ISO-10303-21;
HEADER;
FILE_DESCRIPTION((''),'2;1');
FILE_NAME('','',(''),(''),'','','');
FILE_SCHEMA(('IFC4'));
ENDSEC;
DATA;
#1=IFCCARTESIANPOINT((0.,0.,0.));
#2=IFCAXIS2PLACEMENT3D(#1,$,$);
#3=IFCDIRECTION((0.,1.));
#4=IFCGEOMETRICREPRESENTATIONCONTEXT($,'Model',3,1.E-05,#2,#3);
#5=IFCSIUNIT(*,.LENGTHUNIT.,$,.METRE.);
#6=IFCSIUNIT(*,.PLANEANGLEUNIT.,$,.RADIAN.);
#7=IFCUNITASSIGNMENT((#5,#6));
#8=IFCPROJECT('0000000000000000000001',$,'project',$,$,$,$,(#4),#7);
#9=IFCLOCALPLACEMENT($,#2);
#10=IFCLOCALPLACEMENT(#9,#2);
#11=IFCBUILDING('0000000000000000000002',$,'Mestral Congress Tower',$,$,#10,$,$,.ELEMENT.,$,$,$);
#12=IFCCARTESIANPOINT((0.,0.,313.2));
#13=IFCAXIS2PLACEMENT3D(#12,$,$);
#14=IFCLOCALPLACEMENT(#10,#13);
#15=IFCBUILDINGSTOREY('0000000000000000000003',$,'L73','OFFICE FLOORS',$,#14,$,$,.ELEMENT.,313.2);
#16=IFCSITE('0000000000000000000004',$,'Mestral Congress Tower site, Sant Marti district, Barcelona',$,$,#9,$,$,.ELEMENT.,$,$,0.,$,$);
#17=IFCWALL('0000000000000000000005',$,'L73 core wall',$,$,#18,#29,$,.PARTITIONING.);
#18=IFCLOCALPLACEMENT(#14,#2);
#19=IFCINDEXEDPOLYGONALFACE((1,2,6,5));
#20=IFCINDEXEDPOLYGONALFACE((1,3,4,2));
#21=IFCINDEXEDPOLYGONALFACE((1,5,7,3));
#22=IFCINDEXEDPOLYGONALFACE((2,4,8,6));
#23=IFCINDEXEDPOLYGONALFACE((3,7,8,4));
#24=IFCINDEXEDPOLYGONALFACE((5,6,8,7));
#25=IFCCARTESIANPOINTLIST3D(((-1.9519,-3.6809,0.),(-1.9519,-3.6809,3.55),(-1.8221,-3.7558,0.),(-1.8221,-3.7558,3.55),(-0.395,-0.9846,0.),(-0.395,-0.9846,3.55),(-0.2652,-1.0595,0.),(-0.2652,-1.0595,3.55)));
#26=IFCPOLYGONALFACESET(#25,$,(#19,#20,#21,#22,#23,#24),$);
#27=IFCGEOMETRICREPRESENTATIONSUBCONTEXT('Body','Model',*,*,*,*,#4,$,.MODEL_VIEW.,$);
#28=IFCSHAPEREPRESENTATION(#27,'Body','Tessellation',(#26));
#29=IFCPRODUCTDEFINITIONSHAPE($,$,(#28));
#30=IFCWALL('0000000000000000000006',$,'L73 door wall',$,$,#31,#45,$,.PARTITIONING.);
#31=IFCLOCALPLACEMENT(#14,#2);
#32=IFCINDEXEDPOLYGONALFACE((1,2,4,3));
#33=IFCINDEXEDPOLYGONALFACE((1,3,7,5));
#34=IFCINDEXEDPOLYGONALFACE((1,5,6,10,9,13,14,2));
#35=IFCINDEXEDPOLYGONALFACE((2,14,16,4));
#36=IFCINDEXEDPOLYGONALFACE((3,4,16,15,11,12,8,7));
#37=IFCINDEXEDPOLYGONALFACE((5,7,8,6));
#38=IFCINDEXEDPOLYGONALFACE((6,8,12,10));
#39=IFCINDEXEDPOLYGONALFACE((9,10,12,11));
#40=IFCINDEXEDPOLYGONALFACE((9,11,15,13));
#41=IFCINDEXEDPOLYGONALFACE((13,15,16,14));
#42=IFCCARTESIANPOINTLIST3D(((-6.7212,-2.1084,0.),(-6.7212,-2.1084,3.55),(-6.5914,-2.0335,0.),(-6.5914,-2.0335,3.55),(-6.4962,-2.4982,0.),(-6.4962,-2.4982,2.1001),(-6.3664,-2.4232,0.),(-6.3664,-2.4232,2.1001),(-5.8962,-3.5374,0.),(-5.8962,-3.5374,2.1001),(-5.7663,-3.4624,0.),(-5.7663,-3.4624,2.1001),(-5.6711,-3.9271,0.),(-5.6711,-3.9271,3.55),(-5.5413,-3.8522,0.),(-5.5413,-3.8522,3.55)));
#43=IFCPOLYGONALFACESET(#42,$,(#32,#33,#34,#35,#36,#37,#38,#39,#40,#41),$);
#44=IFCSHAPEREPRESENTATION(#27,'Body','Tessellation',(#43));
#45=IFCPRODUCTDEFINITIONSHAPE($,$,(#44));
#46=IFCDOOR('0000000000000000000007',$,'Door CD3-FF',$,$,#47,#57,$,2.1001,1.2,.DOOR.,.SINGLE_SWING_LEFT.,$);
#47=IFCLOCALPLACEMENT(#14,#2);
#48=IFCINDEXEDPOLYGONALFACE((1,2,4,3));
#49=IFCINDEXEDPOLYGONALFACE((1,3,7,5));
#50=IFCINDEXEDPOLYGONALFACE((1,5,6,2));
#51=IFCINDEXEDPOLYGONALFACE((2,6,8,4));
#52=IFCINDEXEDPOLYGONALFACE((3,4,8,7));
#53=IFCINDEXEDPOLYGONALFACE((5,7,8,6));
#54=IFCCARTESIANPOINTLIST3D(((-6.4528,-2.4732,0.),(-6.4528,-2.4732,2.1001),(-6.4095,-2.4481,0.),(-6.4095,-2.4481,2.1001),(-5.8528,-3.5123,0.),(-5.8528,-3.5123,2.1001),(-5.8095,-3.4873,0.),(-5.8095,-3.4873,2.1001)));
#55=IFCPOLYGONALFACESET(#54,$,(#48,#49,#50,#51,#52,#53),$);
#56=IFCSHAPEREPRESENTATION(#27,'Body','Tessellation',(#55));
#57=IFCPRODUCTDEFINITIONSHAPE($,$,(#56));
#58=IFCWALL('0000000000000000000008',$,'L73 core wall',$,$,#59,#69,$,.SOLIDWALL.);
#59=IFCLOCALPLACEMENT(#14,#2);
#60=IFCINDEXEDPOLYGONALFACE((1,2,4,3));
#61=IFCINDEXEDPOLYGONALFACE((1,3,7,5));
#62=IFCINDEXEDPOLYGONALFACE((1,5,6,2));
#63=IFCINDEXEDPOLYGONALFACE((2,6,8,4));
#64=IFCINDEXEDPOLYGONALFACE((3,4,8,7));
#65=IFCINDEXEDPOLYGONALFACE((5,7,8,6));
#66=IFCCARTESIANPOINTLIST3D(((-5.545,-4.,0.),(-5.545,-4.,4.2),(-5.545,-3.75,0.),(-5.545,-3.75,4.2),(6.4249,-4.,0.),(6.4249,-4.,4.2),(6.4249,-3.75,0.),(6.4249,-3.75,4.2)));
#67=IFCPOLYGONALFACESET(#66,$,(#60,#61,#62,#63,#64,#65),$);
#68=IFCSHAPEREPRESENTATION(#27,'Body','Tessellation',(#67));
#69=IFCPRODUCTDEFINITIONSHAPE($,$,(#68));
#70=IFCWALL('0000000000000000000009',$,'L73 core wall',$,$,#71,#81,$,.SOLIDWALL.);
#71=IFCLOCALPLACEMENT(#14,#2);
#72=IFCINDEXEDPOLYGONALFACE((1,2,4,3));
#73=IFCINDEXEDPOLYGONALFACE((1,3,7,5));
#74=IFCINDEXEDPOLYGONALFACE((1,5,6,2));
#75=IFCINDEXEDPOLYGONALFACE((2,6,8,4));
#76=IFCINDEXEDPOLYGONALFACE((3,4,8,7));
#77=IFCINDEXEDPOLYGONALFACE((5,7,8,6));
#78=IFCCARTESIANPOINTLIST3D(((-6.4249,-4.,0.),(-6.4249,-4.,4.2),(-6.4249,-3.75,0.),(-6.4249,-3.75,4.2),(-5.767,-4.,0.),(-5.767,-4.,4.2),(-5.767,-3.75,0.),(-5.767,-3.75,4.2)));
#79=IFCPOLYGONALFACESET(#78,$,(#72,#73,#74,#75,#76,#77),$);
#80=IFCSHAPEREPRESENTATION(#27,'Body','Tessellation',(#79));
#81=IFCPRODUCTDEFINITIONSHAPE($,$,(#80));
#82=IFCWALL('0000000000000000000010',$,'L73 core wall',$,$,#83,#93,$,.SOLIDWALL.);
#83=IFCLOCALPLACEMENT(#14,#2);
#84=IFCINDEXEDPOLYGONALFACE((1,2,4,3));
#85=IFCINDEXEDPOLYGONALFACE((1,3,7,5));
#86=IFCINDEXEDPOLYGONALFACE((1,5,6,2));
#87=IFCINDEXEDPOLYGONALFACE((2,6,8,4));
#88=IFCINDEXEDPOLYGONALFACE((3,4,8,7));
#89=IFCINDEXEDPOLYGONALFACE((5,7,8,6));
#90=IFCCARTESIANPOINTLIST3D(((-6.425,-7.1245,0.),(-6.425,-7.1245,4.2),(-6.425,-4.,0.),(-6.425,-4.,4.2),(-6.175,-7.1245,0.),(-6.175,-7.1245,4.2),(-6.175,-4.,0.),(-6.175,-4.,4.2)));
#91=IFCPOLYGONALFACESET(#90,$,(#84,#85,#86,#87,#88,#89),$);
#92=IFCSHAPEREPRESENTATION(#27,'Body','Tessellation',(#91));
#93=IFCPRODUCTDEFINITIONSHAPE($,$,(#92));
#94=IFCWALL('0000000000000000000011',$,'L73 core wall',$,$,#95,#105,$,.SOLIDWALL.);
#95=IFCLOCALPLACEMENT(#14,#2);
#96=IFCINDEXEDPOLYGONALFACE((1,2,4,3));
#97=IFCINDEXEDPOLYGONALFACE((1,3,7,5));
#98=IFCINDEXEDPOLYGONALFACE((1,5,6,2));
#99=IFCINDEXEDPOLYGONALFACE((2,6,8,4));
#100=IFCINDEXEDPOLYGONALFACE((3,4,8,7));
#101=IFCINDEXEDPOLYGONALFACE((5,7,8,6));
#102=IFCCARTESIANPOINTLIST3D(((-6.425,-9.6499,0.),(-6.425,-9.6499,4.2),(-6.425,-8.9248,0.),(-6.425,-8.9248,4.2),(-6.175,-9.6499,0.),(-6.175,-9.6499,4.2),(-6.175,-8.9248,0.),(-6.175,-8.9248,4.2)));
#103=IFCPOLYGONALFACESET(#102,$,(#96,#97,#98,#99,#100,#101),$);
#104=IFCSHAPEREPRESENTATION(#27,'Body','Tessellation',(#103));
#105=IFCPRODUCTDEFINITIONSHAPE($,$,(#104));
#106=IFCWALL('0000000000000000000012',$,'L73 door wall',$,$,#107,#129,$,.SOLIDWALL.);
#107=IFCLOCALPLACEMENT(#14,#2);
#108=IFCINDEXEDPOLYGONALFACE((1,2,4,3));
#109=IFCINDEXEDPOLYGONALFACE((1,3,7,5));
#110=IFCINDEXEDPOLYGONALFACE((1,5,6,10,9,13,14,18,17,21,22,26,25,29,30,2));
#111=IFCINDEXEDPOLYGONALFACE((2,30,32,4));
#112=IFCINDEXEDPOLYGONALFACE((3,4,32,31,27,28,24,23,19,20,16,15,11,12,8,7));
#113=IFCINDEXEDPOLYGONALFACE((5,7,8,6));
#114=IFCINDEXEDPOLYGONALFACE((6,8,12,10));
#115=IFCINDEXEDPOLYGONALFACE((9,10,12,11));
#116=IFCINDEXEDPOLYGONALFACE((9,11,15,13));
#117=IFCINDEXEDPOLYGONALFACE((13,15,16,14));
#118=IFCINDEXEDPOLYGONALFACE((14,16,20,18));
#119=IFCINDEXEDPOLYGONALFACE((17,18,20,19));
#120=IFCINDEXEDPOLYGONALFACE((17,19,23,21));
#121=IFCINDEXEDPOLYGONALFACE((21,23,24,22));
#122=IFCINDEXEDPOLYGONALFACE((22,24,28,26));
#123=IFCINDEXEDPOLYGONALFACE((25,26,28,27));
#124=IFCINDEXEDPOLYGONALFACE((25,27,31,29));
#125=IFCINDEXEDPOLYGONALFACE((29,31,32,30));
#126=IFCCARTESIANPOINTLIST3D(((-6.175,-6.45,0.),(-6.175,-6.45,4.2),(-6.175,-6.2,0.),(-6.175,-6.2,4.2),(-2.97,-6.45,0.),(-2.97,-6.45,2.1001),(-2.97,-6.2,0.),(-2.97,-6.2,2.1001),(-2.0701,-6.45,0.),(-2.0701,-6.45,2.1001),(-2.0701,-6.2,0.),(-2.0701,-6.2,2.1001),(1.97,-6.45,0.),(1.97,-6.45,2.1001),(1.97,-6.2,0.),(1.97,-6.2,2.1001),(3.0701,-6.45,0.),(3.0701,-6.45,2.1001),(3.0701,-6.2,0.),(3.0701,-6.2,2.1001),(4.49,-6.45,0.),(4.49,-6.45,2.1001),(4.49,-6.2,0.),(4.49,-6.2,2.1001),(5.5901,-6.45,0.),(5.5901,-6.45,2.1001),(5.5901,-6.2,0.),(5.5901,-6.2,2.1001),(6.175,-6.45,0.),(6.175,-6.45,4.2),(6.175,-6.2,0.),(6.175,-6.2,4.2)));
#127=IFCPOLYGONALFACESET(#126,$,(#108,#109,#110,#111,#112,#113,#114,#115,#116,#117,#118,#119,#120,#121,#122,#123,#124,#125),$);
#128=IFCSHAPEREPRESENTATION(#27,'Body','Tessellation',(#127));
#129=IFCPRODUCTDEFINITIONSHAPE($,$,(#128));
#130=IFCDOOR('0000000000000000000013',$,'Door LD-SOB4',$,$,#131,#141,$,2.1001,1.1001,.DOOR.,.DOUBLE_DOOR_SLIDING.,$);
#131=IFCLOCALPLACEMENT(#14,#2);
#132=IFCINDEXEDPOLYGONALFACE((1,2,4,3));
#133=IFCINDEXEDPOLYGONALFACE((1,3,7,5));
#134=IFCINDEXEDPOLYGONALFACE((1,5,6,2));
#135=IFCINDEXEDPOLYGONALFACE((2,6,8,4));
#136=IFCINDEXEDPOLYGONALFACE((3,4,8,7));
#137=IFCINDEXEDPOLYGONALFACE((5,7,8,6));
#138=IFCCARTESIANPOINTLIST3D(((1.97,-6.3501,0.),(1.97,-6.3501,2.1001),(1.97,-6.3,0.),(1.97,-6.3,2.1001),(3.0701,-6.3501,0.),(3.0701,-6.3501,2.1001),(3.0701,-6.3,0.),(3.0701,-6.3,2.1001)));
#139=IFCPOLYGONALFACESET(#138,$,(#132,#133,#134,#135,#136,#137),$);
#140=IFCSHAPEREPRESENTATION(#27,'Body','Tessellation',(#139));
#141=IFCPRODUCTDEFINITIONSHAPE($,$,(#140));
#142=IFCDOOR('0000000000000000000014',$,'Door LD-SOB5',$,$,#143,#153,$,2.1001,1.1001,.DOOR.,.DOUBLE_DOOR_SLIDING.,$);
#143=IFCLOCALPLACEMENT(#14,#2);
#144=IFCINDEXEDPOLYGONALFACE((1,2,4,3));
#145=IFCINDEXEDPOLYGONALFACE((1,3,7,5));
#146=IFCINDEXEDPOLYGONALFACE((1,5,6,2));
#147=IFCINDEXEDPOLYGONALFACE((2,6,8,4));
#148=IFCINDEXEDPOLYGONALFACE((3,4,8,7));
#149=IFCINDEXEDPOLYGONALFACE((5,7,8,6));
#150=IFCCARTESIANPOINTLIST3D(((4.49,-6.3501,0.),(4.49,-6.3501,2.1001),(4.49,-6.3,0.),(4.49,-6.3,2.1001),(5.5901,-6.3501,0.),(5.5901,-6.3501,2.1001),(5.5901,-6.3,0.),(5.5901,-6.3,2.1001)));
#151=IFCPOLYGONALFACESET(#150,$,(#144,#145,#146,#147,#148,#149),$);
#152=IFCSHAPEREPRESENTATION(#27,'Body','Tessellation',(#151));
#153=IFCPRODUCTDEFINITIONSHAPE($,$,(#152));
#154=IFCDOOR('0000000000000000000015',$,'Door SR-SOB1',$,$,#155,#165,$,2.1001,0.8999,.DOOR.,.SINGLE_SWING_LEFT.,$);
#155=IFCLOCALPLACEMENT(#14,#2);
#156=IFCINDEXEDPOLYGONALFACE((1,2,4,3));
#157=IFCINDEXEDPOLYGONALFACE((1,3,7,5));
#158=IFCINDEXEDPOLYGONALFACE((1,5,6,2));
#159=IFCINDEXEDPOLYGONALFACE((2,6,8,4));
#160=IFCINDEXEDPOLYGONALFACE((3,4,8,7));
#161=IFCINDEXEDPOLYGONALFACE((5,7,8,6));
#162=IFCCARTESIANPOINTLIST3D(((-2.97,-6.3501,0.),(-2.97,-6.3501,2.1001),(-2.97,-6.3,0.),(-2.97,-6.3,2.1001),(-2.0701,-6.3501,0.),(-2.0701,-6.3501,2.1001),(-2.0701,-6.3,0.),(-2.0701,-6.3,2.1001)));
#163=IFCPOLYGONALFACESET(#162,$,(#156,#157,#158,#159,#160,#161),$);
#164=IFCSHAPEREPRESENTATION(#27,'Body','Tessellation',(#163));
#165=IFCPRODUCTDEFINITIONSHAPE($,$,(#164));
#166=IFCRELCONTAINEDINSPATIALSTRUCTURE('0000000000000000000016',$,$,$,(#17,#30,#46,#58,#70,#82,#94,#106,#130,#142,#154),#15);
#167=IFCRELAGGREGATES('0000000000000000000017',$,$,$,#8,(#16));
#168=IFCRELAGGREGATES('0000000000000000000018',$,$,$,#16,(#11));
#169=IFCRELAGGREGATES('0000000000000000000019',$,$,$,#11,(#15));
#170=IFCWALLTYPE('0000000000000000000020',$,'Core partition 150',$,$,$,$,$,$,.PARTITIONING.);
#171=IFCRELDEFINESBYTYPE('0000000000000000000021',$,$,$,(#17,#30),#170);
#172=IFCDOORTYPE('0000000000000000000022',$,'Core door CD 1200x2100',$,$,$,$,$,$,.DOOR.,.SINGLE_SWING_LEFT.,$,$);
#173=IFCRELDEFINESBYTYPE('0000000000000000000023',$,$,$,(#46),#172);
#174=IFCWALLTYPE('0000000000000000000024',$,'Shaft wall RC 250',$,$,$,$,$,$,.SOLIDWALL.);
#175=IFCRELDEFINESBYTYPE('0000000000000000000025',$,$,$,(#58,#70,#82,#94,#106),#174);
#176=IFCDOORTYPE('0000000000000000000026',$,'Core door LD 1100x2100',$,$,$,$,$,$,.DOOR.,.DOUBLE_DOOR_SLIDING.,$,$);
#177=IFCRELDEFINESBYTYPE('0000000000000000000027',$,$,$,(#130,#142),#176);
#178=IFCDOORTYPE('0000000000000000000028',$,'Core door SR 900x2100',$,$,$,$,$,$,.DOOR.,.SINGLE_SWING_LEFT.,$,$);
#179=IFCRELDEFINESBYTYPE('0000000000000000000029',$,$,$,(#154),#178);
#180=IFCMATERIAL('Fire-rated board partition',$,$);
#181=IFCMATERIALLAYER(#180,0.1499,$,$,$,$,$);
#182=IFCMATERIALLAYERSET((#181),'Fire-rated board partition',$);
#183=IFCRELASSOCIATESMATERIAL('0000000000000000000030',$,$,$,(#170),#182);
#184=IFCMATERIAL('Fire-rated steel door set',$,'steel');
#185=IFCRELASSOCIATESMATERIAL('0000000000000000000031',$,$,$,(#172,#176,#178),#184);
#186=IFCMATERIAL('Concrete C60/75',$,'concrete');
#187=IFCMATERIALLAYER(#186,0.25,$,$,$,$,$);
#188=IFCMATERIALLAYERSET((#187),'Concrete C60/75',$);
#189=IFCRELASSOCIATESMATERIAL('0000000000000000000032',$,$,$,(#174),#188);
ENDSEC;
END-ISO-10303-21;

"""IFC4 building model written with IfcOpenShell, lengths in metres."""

from ifc_helpers import new_model, si_unit, direction, frame, frame_2d, origin, place, context, subcontext, project, spatial, rectangle, extrude, material, layer, layer_set, type_object, element, fill, save


model = new_model("IFC4")

# Units and contexts
model_context = context("Model", 3, precision=1e-05, world=origin(), true_north=direction((0.0, 1.0)))
body_context = subcontext(model_context, "Body", "Model", "MODEL_VIEW")
ifc_project = project(units=[si_unit("LENGTHUNIT", "METRE"), si_unit("PLANEANGLEUNIT", "RADIAN")], contexts=[model_context])

# Site, building, storey
site_placement = place(None, origin())
site = spatial("IfcSite", under=ifc_project, at=site_placement, Name="Mestral Congress Tower site, Sant Marti district, Barcelona", CompositionType="ELEMENT", RefElevation=0.0)
building_placement = place(site_placement, origin())
building = spatial("IfcBuilding", under=site, at=building_placement, Name="Mestral Congress Tower", CompositionType="ELEMENT")
storey_placement = place(building_placement, frame((0.0, 0.0, 313.2)))
storey = spatial("IfcBuildingStorey", under=building, at=storey_placement, Name="L73", Description="OFFICE FLOORS", CompositionType="ELEMENT", Elevation=313.2)

# Wall
ifc_material_1 = material(Name="Fire-rated board partition")
ifc_layer_1 = layer(ifc_material_1, 0.1499)
ifc_layer_set_1 = layer_set([ifc_layer_1], Name="Fire-rated board partition")
wall_type_1 = type_object("IfcWallType", Name="Core partition 150", PredefinedType="PARTITIONING", material=ifc_layer_set_1)
wall_1_placement = place(storey_placement, frame((-1.887, -3.7183, 0.0), z_axis=(0.0, 0.0, 1.0), x_axis=(0.500044, 0.866, 0.0)))
element("IfcWall", 1, at=wall_1_placement, inside=storey, type_object=wall_type_1, Name="L73 core wall", PredefinedType="PARTITIONING", context=body_context, shape_type="SweptSolid", body=[
    extrude(rectangle(XDim=3.1135, YDim=0.1499, at=frame_2d((1.5566, 0.0))), origin(), (0.0, 0.0, 1.0), 3.55),
])

# Wall, opening, door
wall_2_placement = place(storey_placement, frame((-5.6062, -3.8896, 0.0), z_axis=(0.0, 0.0, 1.0), x_axis=(-0.500028, 0.866009, 0.0)))
wall_2 = element("IfcWall", 2, at=wall_2_placement, inside=storey, type_object=wall_type_1, Name="L73 door wall", PredefinedType="PARTITIONING", context=body_context, shape_type="SweptSolid", body=[
    extrude(rectangle(XDim=2.1001, YDim=0.1499, at=frame_2d((1.05, 0.0))), origin(), (0.0, 0.0, 1.0), 3.55),
])
opening_1_placement = place(wall_2_placement, frame((0.45, 0.0, 0.0)))
opening_1 = element("IfcOpeningElement", 3, at=opening_1_placement, cuts=wall_2, PredefinedType="OPENING", context=body_context, shape_type="SweptSolid", body=[
    extrude(rectangle(XDim=1.2, YDim=2.1001, at=frame_2d((0.6001, 1.05))), frame((0.0, 0.085, 0.0), z_axis=(0.0, -1.0, 0.0), x_axis=(1.0, 0.0, 0.0)), (0.0, 0.0, 1.0), 0.1699),
])
ifc_material_2 = material(Name="Fire-rated steel door set", Category="steel")
door_type_1 = type_object("IfcDoorType", Name="Core door CD 1200x2100", OperationType="SINGLE_SWING_LEFT", PredefinedType="DOOR", material=ifc_material_2)
door_1_placement = place(opening_1_placement, origin())
door_1 = element("IfcDoor", 4, at=door_1_placement, inside=storey, type_object=door_type_1, Name="Door CD3-FF", OperationType="SINGLE_SWING_LEFT", OverallHeight=2.1001, OverallWidth=1.2, PredefinedType="DOOR", context=body_context, shape_type="SweptSolid", body=[
    extrude(rectangle(XDim=1.2, YDim=2.1001, at=frame_2d((0.6001, 1.05))), frame((0.0, 0.0249, 0.0), z_axis=(0.0, -1.0, 0.0), x_axis=(1.0, 0.0, 0.0)), (0.0, 0.0, 1.0), 0.05),
])
fill(opening_1, door_1)

# Walls
ifc_material_3 = material(Name="Concrete C60/75", Category="concrete")
ifc_layer_2 = layer(ifc_material_3, 0.25)
ifc_layer_set_2 = layer_set([ifc_layer_2], Name="Concrete C60/75")
wall_type_2 = type_object("IfcWallType", Name="Shaft wall RC 250", PredefinedType="SOLIDWALL", material=ifc_layer_set_2)
wall_3_placement = place(storey_placement, frame((-5.5449, -3.875, 0.0), z_axis=(0.0, 0.0, 1.0), x_axis=(1.0, 0.0, 0.0)))
element("IfcWall", 5, at=wall_3_placement, inside=storey, type_object=wall_type_2, Name="L73 core wall", PredefinedType="SOLIDWALL", context=body_context, shape_type="SweptSolid", body=[
    extrude(rectangle(XDim=11.97, YDim=0.25, at=frame_2d((5.9849, 0.0))), origin(), (0.0, 0.0, 1.0), 4.2),
])
wall_4_placement = place(storey_placement, frame((-6.425, -3.875, 0.0), z_axis=(0.0, 0.0, 1.0), x_axis=(1.0, 0.0, 0.0)))
element("IfcWall", 6, at=wall_4_placement, inside=storey, type_object=wall_type_2, Name="L73 core wall", PredefinedType="SOLIDWALL", context=body_context, shape_type="SweptSolid", body=[
    extrude(rectangle(XDim=0.658, YDim=0.25, at=frame_2d((0.3291, 0.0))), origin(), (0.0, 0.0, 1.0), 4.2),
])
wall_5_placement = place(storey_placement, frame((-6.3, -7.1245, 0.0), z_axis=(0.0, 0.0, 1.0), x_axis=(0.0, 1.0, 0.0)))
element("IfcWall", 7, at=wall_5_placement, inside=storey, type_object=wall_type_2, Name="L73 core wall", PredefinedType="SOLIDWALL", context=body_context, shape_type="SweptSolid", body=[
    extrude(rectangle(XDim=3.1245, YDim=0.25, at=frame_2d((1.5623, 0.0))), origin(), (0.0, 0.0, 1.0), 4.2),
])
wall_6_placement = place(storey_placement, frame((-6.3, -8.9248, 0.0), z_axis=(0.0, 0.0, 1.0), x_axis=(0.0, -1.0, 0.0)))
element("IfcWall", 8, at=wall_6_placement, inside=storey, type_object=wall_type_2, Name="L73 core wall", PredefinedType="SOLIDWALL", context=body_context, shape_type="SweptSolid", body=[
    extrude(rectangle(XDim=0.7251, YDim=0.25, at=frame_2d((0.3625, 0.0))), origin(), (0.0, 0.0, 1.0), 4.2),
])

# Wall, openings, doors
wall_7_placement = place(storey_placement, frame((-6.175, -6.325, 0.0), z_axis=(0.0, 0.0, 1.0), x_axis=(1.0, 0.0, 0.0)))
wall_7 = element("IfcWall", 9, at=wall_7_placement, inside=storey, type_object=wall_type_2, Name="L73 door wall", PredefinedType="SOLIDWALL", context=body_context, shape_type="SweptSolid", body=[
    extrude(rectangle(XDim=12.3501, YDim=0.25, at=frame_2d((6.175, 0.0))), origin(), (0.0, 0.0, 1.0), 4.2),
])
opening_2_placement = place(wall_7_placement, frame((3.2051, 0.0, 0.0)))
opening_2 = element("IfcOpeningElement", 10, at=opening_2_placement, cuts=wall_7, PredefinedType="OPENING", context=body_context, shape_type="SweptSolid", body=[
    extrude(rectangle(XDim=0.8999, YDim=2.1001, at=frame_2d((0.45, 1.05))), frame((0.0, 0.135, 0.0), z_axis=(0.0, -1.0, 0.0), x_axis=(1.0, 0.0, 0.0)), (0.0, 0.0, 1.0), 0.27),
])
opening_3_placement = place(wall_7_placement, frame((8.145, 0.0, 0.0)))
opening_3 = element("IfcOpeningElement", 11, at=opening_3_placement, cuts=wall_7, PredefinedType="OPENING", context=body_context, shape_type="SweptSolid", body=[
    extrude(rectangle(XDim=1.1001, YDim=2.1001, at=frame_2d((0.55, 1.05))), frame((0.0, 0.135, 0.0), z_axis=(0.0, -1.0, 0.0), x_axis=(1.0, 0.0, 0.0)), (0.0, 0.0, 1.0), 0.27),
])
opening_4_placement = place(wall_7_placement, frame((10.665, 0.0, 0.0)))
opening_4 = element("IfcOpeningElement", 12, at=opening_4_placement, cuts=wall_7, PredefinedType="OPENING", context=body_context, shape_type="SweptSolid", body=[
    extrude(rectangle(XDim=1.1001, YDim=2.1001, at=frame_2d((0.55, 1.05))), frame((0.0, 0.135, 0.0), z_axis=(0.0, -1.0, 0.0), x_axis=(1.0, 0.0, 0.0)), (0.0, 0.0, 1.0), 0.27),
])
door_type_2 = type_object("IfcDoorType", Name="Core door LD 1100x2100", OperationType="DOUBLE_DOOR_SLIDING", PredefinedType="DOOR", material=ifc_material_2)
door_2_placement = place(opening_3_placement, origin())
door_2 = element("IfcDoor", 13, at=door_2_placement, inside=storey, type_object=door_type_2, Name="Door LD-SOB4", OperationType="DOUBLE_DOOR_SLIDING", OverallHeight=2.1001, OverallWidth=1.1001, PredefinedType="DOOR", context=body_context, shape_type="SweptSolid", body=[
    extrude(rectangle(XDim=1.1001, YDim=2.1001, at=frame_2d((0.55, 1.05))), frame((0.0, 0.0249, 0.0), z_axis=(0.0, -1.0, 0.0), x_axis=(1.0, 0.0, 0.0)), (0.0, 0.0, 1.0), 0.05),
])
fill(opening_3, door_2)
door_3_placement = place(opening_4_placement, origin())
door_3 = element("IfcDoor", 14, at=door_3_placement, inside=storey, type_object=door_type_2, Name="Door LD-SOB5", OperationType="DOUBLE_DOOR_SLIDING", OverallHeight=2.1001, OverallWidth=1.1001, PredefinedType="DOOR", context=body_context, shape_type="SweptSolid", body=[
    extrude(rectangle(XDim=1.1001, YDim=2.1001, at=frame_2d((0.55, 1.05))), frame((0.0, 0.0249, 0.0), z_axis=(0.0, -1.0, 0.0), x_axis=(1.0, 0.0, 0.0)), (0.0, 0.0, 1.0), 0.05),
])
fill(opening_4, door_3)
door_type_3 = type_object("IfcDoorType", Name="Core door SR 900x2100", OperationType="SINGLE_SWING_LEFT", PredefinedType="DOOR", material=ifc_material_2)
door_4_placement = place(opening_2_placement, origin())
door_4 = element("IfcDoor", 15, at=door_4_placement, inside=storey, type_object=door_type_3, Name="Door SR-SOB1", OperationType="SINGLE_SWING_LEFT", OverallHeight=2.1001, OverallWidth=0.8999, PredefinedType="DOOR", context=body_context, shape_type="SweptSolid", body=[
    extrude(rectangle(XDim=0.8999, YDim=2.1001, at=frame_2d((0.45, 1.05))), frame((0.0, 0.0249, 0.0), z_axis=(0.0, -1.0, 0.0), x_axis=(1.0, 0.0, 0.0)), (0.0, 0.0, 1.0), 0.05),
])
fill(opening_2, door_4)

save(model, "model.ifc")
